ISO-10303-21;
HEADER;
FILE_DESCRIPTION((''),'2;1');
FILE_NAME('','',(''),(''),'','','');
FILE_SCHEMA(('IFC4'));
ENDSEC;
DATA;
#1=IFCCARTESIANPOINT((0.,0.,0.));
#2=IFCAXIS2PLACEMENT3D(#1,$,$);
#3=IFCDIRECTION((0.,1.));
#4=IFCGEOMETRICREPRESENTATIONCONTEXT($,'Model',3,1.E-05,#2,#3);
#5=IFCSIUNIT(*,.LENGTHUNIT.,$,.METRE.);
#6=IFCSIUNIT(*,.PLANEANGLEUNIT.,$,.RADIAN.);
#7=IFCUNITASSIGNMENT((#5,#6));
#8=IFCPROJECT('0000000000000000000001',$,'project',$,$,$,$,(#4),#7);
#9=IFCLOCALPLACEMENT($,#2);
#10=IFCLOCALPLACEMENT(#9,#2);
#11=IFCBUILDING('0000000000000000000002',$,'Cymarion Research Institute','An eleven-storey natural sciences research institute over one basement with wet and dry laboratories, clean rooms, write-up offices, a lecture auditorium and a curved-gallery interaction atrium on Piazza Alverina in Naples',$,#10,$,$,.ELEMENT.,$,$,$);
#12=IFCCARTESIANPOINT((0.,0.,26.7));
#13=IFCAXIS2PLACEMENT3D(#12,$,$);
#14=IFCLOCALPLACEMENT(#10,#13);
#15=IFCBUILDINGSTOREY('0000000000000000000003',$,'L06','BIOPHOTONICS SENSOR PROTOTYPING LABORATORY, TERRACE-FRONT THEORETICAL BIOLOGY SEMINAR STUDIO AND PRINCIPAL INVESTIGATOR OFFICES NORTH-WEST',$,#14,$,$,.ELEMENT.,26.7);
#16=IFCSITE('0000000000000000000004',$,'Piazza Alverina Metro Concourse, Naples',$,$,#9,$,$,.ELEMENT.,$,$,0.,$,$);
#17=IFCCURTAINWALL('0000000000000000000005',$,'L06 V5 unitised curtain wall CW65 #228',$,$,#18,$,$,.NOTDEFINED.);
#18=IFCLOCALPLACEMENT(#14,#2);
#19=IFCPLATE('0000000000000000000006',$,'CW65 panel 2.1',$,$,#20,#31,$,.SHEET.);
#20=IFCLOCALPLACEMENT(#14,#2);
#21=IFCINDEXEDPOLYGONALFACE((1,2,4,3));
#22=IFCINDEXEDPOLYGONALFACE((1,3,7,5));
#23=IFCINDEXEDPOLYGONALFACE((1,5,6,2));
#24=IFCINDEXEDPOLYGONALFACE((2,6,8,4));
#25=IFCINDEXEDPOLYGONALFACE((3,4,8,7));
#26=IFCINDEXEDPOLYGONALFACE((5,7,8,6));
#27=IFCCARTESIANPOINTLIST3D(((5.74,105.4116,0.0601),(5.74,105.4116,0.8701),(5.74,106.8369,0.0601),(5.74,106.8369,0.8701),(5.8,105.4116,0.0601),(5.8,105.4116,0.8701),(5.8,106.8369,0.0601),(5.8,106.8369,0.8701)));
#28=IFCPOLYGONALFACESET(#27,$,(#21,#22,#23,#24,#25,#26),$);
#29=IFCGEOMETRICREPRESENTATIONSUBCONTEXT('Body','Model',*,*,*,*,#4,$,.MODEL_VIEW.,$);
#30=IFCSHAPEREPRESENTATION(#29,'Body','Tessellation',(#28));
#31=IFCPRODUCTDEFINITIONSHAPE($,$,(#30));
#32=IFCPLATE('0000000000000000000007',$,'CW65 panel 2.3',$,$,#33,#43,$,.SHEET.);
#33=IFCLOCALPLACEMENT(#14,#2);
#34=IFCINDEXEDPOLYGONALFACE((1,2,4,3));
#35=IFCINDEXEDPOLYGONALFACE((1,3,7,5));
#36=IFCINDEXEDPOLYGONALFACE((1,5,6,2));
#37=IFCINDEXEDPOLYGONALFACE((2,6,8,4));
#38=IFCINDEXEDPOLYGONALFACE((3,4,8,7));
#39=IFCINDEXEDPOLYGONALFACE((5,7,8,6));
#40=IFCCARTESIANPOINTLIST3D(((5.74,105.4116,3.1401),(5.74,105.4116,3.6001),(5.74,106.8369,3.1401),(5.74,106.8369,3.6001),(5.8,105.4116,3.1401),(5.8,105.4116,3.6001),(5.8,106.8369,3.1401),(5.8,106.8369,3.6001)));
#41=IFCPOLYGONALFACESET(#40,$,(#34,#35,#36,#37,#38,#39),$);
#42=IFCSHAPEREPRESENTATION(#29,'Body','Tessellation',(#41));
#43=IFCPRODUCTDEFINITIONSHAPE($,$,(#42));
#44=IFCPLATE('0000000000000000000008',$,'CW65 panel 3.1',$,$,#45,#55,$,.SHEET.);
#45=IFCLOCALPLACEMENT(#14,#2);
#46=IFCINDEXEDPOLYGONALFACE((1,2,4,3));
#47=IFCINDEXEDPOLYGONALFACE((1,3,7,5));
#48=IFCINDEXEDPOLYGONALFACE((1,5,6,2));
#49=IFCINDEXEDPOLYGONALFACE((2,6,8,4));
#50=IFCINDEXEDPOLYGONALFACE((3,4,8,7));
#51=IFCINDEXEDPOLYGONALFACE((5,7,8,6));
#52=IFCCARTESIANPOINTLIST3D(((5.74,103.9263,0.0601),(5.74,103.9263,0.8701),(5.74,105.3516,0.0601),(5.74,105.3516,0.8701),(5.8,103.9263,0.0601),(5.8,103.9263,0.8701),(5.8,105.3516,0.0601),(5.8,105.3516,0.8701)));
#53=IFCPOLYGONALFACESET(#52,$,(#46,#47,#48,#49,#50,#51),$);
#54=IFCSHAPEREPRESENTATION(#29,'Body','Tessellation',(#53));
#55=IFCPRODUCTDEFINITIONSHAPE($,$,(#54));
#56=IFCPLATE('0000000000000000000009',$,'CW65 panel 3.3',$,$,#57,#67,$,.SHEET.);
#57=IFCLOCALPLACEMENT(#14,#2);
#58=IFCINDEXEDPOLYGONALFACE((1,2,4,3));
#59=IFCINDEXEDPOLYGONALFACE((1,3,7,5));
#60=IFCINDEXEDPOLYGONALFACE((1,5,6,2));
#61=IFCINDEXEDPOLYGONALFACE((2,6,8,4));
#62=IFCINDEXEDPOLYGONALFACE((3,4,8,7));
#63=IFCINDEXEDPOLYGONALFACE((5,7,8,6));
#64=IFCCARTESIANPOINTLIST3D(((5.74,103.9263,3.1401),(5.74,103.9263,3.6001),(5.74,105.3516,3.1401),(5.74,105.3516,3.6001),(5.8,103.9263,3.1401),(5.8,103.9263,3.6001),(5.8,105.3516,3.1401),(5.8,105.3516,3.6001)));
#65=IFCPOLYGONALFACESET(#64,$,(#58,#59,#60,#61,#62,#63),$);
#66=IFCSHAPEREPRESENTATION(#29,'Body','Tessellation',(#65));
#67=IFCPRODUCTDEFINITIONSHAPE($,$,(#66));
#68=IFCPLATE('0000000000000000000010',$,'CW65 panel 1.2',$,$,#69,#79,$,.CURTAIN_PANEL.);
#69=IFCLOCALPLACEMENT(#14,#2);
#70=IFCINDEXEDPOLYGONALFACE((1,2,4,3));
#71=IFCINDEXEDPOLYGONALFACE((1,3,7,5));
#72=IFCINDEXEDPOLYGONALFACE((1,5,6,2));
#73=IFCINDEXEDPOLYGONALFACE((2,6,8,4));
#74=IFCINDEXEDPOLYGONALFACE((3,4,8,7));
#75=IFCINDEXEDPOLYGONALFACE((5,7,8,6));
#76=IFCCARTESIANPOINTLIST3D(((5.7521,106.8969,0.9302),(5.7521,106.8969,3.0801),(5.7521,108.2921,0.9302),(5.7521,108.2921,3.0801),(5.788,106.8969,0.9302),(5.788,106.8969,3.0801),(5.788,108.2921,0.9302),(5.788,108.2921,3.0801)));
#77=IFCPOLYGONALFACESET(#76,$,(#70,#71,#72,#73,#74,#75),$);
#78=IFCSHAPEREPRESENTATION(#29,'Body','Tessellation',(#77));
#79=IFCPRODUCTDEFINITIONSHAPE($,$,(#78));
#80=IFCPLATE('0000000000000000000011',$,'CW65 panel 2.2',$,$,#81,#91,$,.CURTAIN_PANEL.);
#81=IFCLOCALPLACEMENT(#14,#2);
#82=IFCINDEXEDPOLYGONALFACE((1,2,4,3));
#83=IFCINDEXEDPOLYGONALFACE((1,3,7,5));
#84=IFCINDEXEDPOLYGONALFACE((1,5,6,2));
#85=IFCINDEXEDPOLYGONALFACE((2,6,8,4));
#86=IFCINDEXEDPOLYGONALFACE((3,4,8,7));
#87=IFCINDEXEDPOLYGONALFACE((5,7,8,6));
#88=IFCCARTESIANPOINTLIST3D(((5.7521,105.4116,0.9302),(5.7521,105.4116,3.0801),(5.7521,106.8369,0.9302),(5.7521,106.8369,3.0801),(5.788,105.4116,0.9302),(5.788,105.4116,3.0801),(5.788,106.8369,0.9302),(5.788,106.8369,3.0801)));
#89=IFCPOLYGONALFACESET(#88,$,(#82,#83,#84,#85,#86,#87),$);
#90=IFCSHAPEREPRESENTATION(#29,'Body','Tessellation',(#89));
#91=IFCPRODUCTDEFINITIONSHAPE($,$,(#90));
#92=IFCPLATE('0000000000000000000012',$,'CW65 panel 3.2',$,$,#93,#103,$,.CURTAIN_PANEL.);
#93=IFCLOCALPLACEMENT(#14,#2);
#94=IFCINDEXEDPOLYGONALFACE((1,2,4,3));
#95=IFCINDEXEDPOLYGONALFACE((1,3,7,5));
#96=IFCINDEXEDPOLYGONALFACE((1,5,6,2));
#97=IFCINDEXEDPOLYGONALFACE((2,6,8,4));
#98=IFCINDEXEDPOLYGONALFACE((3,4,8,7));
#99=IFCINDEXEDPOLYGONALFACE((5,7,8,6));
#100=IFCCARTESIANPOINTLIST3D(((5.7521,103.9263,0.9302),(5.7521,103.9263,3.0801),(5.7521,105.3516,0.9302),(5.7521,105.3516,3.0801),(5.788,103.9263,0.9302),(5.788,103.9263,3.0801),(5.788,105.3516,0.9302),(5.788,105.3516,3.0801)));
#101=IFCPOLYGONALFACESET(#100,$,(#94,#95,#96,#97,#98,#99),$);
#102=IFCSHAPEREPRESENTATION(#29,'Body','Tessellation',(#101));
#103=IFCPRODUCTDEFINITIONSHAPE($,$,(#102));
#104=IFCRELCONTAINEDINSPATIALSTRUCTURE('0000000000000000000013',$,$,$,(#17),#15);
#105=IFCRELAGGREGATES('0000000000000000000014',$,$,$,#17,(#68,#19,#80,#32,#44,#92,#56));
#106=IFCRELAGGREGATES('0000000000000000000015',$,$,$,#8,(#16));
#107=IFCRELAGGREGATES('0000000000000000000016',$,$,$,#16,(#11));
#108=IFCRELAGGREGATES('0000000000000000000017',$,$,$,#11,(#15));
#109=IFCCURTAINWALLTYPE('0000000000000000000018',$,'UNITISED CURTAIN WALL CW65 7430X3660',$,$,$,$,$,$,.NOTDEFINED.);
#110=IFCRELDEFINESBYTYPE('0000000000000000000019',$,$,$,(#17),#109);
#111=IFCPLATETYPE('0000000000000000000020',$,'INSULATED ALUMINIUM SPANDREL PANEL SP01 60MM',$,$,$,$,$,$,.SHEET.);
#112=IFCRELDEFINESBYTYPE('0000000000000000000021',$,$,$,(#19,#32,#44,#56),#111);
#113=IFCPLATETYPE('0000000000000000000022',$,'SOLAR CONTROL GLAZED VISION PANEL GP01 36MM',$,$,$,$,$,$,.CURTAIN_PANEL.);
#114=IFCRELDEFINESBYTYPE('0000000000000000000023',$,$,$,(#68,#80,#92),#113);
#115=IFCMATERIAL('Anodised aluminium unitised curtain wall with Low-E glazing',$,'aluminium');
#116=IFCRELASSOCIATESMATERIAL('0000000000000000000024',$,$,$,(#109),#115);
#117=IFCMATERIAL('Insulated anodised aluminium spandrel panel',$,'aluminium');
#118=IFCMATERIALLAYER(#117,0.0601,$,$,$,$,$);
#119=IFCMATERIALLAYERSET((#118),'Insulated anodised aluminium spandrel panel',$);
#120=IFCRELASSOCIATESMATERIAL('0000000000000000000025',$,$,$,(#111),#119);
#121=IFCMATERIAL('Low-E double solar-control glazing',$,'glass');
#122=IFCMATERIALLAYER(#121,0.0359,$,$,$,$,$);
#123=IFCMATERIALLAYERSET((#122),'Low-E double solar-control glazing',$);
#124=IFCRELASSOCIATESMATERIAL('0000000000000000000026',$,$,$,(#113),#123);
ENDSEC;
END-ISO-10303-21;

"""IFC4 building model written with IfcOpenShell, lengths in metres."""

from ifc_helpers import new_model, si_unit, direction, frame, origin, origin_2d, place, context, subcontext, project, spatial, rectangle, extrude, material, layer, layer_set, type_object, element, aggregate, save


model = new_model("IFC4")

# Units and contexts
model_context = context("Model", 3, precision=1e-05, world=origin(), true_north=direction((0.0, 1.0)))
body_context = subcontext(model_context, "Body", "Model", "MODEL_VIEW")
ifc_project = project(units=[si_unit("LENGTHUNIT", "METRE"), si_unit("PLANEANGLEUNIT", "RADIAN")], contexts=[model_context])

# Site, building, storey
site_placement = place(None, origin())
site = spatial("IfcSite", under=ifc_project, at=site_placement, Name="Piazza Alverina Metro Concourse, Naples", CompositionType="ELEMENT", RefElevation=0.0)
building_placement = place(site_placement, origin())
building = spatial("IfcBuilding", under=site, at=building_placement, Name="Cymarion Research Institute", Description="An eleven-storey natural sciences research institute over one basement with wet and dry laboratories, clean rooms, write-up offices, a lecture auditorium and a curved-gallery interaction atrium on Piazza Alverina in Naples", CompositionType="ELEMENT")
storey_placement = place(building_placement, frame((0.0, 0.0, 26.7)))
storey = spatial("IfcBuildingStorey", under=building, at=storey_placement, Name="L06", Description="BIOPHOTONICS SENSOR PROTOTYPING LABORATORY, TERRACE-FRONT THEORETICAL BIOLOGY SEMINAR STUDIO AND PRINCIPAL INVESTIGATOR OFFICES NORTH-WEST", CompositionType="ELEMENT", Elevation=26.7)

# Curtain wall, plates
ifc_material_1 = material(Name="Anodised aluminium unitised curtain wall with Low-E glazing", Category="aluminium")
curtain_wall_type = type_object("IfcCurtainWallType", Name="UNITISED CURTAIN WALL CW65 7430X3660", PredefinedType="NOTDEFINED", material=ifc_material_1)
curtain_wall_placement = place(storey_placement, origin())
curtain_wall = element("IfcCurtainWall", 1, at=curtain_wall_placement, inside=storey, type_object=curtain_wall_type, Name="L06 V5 unitised curtain wall CW65 #228", PredefinedType="NOTDEFINED")
ifc_material_2 = material(Name="Insulated anodised aluminium spandrel panel", Category="aluminium")
ifc_layer_1 = layer(ifc_material_2, 0.0601)
ifc_layer_set_1 = layer_set([ifc_layer_1], Name="Insulated anodised aluminium spandrel panel")
plate_type_1 = type_object("IfcPlateType", Name="INSULATED ALUMINIUM SPANDREL PANEL SP01 60MM", PredefinedType="SHEET", material=ifc_layer_set_1)
plate_1_placement = place(storey_placement, frame((5.77, 106.1243, 0.0601), z_axis=(0.0, 0.0, 1.0), x_axis=(0.0, -1.0, 0.0)))
plate_1 = element("IfcPlate", 2, at=plate_1_placement, type_object=plate_type_1, Name="CW65 panel 2.1", PredefinedType="SHEET", context=body_context, shape_type="SweptSolid", body=[
    extrude(rectangle(XDim=1.4253, YDim=0.0601, at=origin_2d()), origin(), (0.0, 0.0, 1.0), 0.8101),
])
plate_2_placement = place(storey_placement, frame((5.77, 106.1243, 3.1401), z_axis=(0.0, 0.0, 1.0), x_axis=(0.0, -1.0, 0.0)))
plate_2 = element("IfcPlate", 3, at=plate_2_placement, type_object=plate_type_1, Name="CW65 panel 2.3", PredefinedType="SHEET", context=body_context, shape_type="SweptSolid", body=[
    extrude(rectangle(XDim=1.4253, YDim=0.0601, at=origin_2d()), origin(), (0.0, 0.0, 1.0), 0.46),
])
plate_3_placement = place(storey_placement, frame((5.77, 104.6389, 0.0601), z_axis=(0.0, 0.0, 1.0), x_axis=(0.0, -1.0, 0.0)))
plate_3 = element("IfcPlate", 4, at=plate_3_placement, type_object=plate_type_1, Name="CW65 panel 3.1", PredefinedType="SHEET", context=body_context, shape_type="SweptSolid", body=[
    extrude(rectangle(XDim=1.4253, YDim=0.0601, at=origin_2d()), origin(), (0.0, 0.0, 1.0), 0.8101),
])
plate_4_placement = place(storey_placement, frame((5.77, 104.6389, 3.1401), z_axis=(0.0, 0.0, 1.0), x_axis=(0.0, -1.0, 0.0)))
plate_4 = element("IfcPlate", 5, at=plate_4_placement, type_object=plate_type_1, Name="CW65 panel 3.3", PredefinedType="SHEET", context=body_context, shape_type="SweptSolid", body=[
    extrude(rectangle(XDim=1.4253, YDim=0.0601, at=origin_2d()), origin(), (0.0, 0.0, 1.0), 0.46),
])
ifc_material_3 = material(Name="Low-E double solar-control glazing", Category="glass")
ifc_layer_2 = layer(ifc_material_3, 0.0359)
ifc_layer_set_2 = layer_set([ifc_layer_2], Name="Low-E double solar-control glazing")
plate_type_2 = type_object("IfcPlateType", Name="SOLAR CONTROL GLAZED VISION PANEL GP01 36MM", PredefinedType="CURTAIN_PANEL", material=ifc_layer_set_2)
plate_5_placement = place(storey_placement, frame((5.77, 107.5945, 0.9302), z_axis=(0.0, 0.0, 1.0), x_axis=(0.0, -1.0, 0.0)))
plate_5 = element("IfcPlate", 6, at=plate_5_placement, type_object=plate_type_2, Name="CW65 panel 1.2", PredefinedType="CURTAIN_PANEL", context=body_context, shape_type="SweptSolid", body=[
    extrude(rectangle(XDim=1.3953, YDim=0.0359, at=origin_2d()), origin(), (0.0, 0.0, 1.0), 2.1499),
])
plate_6_placement = place(storey_placement, frame((5.77, 106.1243, 0.9302), z_axis=(0.0, 0.0, 1.0), x_axis=(0.0, -1.0, 0.0)))
plate_6 = element("IfcPlate", 7, at=plate_6_placement, type_object=plate_type_2, Name="CW65 panel 2.2", PredefinedType="CURTAIN_PANEL", context=body_context, shape_type="SweptSolid", body=[
    extrude(rectangle(XDim=1.4253, YDim=0.0359, at=origin_2d()), origin(), (0.0, 0.0, 1.0), 2.1499),
])
plate_7_placement = place(storey_placement, frame((5.77, 104.6389, 0.9302), z_axis=(0.0, 0.0, 1.0), x_axis=(0.0, -1.0, 0.0)))
plate_7 = element("IfcPlate", 8, at=plate_7_placement, type_object=plate_type_2, Name="CW65 panel 3.2", PredefinedType="CURTAIN_PANEL", context=body_context, shape_type="SweptSolid", body=[
    extrude(rectangle(XDim=1.4253, YDim=0.0359, at=origin_2d()), origin(), (0.0, 0.0, 1.0), 2.1499),
])
aggregate(curtain_wall, [plate_5, plate_1, plate_6, plate_2, plate_3, plate_7, plate_4])

save(model, "model.ifc")
